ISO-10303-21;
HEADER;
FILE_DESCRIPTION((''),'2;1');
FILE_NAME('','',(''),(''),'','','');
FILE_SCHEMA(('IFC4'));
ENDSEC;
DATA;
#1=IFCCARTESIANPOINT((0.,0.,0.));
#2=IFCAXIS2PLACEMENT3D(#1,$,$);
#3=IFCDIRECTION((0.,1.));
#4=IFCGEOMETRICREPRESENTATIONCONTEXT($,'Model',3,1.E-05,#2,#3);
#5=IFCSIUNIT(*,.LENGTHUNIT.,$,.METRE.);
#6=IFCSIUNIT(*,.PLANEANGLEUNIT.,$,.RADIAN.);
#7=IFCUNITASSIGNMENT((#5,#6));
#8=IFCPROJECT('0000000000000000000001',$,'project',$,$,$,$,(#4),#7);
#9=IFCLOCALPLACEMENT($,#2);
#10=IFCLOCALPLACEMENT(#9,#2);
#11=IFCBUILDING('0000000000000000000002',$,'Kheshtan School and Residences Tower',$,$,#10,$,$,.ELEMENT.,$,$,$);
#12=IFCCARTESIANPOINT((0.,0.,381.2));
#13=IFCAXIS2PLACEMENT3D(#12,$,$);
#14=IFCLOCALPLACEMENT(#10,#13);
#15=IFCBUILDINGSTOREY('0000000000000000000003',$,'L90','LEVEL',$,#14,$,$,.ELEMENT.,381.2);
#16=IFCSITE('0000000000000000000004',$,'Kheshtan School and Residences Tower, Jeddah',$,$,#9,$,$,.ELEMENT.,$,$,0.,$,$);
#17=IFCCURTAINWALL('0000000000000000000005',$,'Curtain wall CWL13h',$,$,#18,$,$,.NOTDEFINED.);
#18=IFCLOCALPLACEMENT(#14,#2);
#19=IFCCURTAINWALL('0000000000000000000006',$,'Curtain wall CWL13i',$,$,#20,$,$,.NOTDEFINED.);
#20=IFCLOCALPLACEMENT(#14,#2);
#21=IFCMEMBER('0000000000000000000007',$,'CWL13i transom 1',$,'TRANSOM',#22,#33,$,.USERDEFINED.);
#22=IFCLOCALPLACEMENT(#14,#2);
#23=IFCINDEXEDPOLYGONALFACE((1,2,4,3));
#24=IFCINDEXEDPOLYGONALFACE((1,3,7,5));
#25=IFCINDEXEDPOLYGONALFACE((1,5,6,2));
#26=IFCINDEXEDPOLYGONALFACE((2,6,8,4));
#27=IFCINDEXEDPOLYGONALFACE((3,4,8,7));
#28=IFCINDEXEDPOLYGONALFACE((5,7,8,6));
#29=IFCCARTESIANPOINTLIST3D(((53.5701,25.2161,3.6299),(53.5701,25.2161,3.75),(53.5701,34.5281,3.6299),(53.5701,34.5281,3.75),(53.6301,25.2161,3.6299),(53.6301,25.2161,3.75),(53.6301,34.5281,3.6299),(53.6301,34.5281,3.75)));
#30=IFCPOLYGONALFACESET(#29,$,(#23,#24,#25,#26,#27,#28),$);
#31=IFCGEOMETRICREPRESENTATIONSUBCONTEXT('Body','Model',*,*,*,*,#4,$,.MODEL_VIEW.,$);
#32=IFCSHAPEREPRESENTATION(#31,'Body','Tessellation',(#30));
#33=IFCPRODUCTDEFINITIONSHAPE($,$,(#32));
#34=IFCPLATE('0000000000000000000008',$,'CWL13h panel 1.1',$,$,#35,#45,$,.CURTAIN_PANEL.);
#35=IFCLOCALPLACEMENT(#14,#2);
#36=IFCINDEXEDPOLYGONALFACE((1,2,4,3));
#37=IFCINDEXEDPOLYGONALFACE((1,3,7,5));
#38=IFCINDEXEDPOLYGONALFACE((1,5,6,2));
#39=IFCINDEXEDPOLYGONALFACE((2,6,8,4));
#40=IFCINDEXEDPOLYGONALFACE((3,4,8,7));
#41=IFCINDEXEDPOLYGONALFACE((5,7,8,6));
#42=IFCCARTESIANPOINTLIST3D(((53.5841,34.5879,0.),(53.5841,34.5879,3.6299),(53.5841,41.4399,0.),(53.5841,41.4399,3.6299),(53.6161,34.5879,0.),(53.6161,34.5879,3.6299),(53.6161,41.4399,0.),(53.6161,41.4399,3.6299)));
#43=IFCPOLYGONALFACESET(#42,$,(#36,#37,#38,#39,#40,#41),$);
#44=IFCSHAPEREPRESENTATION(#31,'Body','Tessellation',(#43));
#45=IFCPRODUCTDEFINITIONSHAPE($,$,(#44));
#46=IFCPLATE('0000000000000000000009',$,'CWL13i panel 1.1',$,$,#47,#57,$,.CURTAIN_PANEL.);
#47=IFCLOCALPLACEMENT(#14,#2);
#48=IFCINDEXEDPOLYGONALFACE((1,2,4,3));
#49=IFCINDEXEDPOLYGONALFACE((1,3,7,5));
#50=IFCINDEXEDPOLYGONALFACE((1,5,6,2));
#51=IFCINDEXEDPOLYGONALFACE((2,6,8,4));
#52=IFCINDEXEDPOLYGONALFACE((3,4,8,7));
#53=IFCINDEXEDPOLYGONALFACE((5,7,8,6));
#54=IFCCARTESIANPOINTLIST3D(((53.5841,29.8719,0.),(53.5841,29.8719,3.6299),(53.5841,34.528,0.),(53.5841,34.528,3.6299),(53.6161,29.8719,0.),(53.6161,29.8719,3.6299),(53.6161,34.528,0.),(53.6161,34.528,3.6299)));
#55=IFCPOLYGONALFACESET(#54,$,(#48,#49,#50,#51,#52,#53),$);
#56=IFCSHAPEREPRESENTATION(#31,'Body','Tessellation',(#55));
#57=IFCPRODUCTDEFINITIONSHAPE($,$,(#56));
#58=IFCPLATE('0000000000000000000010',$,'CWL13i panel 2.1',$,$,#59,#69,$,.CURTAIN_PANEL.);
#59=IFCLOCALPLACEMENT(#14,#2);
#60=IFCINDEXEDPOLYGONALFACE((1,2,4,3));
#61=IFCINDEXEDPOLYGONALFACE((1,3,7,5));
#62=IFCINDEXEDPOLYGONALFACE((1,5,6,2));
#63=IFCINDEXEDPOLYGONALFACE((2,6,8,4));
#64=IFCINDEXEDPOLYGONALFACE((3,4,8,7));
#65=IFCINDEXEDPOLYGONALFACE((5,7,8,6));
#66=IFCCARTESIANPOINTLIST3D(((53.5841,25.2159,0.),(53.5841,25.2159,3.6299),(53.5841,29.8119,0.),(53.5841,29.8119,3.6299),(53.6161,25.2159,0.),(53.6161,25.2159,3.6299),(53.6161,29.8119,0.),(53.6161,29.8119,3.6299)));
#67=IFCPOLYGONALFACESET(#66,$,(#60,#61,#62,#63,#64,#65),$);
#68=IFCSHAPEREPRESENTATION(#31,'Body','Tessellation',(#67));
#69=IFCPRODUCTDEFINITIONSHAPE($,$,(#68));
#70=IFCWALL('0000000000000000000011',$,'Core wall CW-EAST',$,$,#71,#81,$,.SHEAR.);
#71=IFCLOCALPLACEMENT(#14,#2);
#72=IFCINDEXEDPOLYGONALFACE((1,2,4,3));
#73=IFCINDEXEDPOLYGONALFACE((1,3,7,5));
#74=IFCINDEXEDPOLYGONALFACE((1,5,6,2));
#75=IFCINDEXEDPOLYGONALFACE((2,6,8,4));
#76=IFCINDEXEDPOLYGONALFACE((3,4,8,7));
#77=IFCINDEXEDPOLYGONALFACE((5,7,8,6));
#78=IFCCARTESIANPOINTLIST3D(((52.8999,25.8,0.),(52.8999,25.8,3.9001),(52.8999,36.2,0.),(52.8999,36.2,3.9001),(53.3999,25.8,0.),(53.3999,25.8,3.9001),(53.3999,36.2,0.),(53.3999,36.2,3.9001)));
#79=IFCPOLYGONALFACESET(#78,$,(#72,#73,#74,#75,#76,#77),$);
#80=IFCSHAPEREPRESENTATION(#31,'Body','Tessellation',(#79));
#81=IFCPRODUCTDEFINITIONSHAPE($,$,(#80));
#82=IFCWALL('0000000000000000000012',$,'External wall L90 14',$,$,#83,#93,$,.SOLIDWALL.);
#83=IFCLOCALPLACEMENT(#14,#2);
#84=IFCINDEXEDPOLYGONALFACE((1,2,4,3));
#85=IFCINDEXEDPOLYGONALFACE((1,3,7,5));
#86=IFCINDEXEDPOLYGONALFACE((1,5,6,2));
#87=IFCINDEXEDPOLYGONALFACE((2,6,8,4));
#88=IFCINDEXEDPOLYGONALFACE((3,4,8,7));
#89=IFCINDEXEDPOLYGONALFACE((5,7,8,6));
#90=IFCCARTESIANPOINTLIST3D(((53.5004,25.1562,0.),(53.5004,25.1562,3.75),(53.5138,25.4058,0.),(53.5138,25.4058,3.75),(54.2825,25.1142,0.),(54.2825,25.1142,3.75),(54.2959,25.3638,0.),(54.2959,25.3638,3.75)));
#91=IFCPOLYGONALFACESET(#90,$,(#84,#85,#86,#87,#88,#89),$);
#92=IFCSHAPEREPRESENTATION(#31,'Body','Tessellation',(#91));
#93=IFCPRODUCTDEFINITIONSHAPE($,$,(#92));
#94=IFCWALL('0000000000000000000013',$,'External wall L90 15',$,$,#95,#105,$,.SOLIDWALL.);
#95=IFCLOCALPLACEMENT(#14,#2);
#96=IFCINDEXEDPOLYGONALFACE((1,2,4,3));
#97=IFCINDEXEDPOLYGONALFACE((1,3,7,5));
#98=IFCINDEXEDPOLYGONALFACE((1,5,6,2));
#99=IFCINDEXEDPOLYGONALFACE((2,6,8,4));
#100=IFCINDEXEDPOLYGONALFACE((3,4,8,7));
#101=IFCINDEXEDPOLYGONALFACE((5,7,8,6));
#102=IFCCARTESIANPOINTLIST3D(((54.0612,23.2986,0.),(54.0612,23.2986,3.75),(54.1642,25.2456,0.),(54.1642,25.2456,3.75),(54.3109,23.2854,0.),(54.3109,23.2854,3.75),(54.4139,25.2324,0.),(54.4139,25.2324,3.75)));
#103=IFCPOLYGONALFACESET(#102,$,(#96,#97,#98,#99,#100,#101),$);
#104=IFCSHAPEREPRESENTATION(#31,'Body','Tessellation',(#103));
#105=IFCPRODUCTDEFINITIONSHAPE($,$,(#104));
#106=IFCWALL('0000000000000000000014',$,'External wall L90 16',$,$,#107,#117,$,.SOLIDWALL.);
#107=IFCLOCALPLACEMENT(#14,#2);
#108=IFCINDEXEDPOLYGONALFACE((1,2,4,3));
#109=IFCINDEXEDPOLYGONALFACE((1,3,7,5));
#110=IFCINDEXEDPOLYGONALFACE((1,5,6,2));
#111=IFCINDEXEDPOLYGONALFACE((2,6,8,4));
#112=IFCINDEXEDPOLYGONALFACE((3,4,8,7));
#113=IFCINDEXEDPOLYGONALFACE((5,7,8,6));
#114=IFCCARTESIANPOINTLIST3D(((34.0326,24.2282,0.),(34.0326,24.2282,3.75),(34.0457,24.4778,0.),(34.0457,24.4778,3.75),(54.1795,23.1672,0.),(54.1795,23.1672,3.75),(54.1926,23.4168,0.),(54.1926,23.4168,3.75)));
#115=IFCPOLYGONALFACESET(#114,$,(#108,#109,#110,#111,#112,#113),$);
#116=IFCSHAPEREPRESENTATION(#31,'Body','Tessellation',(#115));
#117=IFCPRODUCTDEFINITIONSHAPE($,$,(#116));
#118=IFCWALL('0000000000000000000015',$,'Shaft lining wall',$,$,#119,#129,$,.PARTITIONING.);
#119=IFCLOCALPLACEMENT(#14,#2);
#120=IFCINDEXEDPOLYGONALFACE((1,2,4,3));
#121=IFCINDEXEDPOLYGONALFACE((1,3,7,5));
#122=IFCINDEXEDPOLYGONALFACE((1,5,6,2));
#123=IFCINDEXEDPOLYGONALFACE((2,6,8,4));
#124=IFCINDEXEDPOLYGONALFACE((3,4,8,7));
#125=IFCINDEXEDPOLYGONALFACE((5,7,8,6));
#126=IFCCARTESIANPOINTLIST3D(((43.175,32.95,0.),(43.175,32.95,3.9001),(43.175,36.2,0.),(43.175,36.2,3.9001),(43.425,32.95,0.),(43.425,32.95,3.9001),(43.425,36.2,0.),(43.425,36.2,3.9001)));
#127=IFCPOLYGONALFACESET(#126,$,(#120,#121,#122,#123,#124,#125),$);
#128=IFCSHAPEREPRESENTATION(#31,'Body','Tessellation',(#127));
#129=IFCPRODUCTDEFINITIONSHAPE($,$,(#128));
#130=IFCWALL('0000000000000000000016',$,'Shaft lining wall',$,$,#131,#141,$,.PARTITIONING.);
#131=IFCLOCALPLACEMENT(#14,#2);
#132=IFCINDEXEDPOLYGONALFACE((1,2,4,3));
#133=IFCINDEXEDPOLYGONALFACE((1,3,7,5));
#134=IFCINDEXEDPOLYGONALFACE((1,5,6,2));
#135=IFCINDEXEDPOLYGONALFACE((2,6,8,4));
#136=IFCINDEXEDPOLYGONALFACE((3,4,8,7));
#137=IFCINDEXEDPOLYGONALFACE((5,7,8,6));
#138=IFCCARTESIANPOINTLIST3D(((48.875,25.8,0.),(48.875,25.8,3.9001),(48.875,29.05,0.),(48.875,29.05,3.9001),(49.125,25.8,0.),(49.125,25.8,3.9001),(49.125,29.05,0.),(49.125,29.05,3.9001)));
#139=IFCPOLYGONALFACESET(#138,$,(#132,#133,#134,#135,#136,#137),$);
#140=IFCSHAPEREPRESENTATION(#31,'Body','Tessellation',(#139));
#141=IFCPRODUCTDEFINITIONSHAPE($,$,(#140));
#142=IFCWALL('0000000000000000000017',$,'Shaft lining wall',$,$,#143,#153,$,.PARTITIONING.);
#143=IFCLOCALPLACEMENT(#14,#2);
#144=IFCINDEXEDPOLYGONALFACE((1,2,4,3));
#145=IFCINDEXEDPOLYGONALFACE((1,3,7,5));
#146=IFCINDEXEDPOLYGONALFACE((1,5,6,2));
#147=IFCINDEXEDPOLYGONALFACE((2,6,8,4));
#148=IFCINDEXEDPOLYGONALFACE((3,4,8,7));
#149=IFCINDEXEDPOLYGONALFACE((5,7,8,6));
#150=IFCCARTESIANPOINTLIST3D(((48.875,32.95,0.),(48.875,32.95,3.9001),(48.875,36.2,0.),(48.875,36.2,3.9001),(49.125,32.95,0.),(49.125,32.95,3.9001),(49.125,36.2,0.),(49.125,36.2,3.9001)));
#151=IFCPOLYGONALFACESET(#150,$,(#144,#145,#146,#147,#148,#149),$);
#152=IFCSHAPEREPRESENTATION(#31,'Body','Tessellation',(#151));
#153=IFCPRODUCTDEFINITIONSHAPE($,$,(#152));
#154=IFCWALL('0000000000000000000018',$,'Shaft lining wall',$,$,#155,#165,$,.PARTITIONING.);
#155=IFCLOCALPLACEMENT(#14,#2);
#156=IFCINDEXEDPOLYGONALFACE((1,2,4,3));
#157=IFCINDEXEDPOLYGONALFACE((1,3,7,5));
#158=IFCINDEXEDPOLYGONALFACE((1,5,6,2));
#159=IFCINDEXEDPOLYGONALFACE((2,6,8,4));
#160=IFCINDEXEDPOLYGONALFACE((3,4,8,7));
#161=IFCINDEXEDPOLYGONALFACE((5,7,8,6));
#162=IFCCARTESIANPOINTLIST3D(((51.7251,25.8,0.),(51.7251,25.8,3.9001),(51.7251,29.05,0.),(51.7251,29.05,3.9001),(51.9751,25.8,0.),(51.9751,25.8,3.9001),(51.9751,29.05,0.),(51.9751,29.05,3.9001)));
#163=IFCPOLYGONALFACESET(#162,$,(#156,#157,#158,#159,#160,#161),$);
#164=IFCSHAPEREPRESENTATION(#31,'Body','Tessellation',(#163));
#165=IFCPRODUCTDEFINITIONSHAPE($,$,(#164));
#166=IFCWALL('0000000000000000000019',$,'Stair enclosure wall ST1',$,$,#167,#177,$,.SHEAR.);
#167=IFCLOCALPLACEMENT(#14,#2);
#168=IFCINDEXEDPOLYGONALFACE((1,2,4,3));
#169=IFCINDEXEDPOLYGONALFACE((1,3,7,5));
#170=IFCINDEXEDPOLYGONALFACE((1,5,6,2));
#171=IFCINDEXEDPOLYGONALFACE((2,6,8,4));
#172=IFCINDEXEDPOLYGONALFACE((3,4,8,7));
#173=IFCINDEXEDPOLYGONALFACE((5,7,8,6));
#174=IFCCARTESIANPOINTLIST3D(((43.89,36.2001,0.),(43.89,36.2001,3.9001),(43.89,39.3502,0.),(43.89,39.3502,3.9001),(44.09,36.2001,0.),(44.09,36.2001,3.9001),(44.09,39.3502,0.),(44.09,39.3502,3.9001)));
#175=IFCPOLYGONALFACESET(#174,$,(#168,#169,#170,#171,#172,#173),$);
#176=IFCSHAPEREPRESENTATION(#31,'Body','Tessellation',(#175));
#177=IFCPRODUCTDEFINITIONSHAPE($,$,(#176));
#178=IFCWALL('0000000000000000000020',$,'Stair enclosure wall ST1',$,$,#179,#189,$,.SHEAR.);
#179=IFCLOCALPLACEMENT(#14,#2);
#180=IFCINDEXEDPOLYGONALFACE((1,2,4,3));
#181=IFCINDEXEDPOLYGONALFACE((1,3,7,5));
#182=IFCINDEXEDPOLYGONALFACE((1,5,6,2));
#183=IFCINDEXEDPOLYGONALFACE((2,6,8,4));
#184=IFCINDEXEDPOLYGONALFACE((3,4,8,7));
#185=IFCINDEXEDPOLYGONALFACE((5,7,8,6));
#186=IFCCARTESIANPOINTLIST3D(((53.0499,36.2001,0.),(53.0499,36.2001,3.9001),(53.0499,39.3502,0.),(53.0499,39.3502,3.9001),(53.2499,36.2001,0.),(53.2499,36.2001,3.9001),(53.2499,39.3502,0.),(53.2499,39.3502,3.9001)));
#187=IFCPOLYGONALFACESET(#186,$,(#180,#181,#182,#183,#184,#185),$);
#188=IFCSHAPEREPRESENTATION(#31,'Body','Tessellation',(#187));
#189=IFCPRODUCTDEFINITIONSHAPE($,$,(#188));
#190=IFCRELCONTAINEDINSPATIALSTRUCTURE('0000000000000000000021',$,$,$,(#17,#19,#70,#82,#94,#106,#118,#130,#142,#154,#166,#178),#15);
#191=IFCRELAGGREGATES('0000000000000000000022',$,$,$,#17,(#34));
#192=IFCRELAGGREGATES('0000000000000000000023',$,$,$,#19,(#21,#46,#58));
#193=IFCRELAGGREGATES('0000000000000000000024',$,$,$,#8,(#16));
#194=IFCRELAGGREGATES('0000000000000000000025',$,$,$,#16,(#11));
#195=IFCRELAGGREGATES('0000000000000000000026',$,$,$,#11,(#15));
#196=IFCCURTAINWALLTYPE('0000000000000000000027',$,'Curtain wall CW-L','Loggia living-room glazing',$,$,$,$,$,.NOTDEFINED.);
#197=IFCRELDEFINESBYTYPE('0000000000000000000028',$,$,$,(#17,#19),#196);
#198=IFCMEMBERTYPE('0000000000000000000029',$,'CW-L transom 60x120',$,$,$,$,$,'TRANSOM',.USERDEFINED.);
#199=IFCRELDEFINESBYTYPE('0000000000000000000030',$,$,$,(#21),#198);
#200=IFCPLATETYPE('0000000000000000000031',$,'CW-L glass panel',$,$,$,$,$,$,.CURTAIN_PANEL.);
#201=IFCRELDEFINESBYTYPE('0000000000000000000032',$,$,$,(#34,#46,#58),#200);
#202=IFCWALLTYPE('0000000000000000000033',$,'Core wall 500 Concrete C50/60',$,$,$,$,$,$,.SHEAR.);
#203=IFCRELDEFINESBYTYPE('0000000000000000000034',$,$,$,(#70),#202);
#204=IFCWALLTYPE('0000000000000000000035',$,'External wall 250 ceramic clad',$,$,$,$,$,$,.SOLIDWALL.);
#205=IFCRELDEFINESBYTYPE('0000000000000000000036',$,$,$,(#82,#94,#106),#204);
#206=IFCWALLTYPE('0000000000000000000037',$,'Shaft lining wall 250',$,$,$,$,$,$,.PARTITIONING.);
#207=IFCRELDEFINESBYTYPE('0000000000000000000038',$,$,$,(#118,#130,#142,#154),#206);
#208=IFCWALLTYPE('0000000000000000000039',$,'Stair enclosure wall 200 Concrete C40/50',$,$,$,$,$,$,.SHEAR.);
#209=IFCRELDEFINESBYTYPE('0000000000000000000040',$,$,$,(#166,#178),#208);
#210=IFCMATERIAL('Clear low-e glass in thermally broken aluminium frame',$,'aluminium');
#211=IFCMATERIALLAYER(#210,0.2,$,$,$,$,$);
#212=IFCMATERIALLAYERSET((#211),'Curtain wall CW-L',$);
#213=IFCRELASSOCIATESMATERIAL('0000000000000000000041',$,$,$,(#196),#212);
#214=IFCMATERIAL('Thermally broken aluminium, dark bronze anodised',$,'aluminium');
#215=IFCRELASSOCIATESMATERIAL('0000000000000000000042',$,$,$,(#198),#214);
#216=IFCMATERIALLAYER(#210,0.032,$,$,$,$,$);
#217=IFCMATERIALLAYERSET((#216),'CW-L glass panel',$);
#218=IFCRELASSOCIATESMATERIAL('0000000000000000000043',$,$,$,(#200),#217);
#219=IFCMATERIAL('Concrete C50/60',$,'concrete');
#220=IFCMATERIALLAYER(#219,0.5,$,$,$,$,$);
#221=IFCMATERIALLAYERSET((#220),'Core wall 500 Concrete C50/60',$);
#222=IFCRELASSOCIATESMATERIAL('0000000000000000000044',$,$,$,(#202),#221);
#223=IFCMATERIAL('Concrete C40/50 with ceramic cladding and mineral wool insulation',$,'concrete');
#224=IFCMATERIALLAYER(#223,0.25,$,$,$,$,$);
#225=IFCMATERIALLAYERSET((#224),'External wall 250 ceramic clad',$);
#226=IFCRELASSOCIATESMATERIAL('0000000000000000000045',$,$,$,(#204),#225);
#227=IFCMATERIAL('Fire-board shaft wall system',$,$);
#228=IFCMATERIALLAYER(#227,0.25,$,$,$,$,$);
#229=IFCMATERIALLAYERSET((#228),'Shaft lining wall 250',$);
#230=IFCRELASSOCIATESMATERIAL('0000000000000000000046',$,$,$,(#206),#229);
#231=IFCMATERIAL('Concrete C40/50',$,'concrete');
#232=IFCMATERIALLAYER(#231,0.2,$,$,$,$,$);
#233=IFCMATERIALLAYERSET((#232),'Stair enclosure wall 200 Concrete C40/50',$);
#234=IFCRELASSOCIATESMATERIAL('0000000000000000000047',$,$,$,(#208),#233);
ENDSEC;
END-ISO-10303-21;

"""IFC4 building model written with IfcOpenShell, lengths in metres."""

from ifc_helpers import new_model, si_unit, direction, frame, frame_2d, origin, origin_2d, place, context, subcontext, project, spatial, rectangle, extrude, material, layer, layer_set, material_profile, profile_set, type_object, element, aggregate, save


model = new_model("IFC4")

# Units and contexts
model_context = context("Model", 3, precision=1e-05, world=origin(), true_north=direction((0.0, 1.0)))
body_context = subcontext(model_context, "Body", "Model", "MODEL_VIEW")
ifc_project = project(units=[si_unit("LENGTHUNIT", "METRE"), si_unit("PLANEANGLEUNIT", "RADIAN")], contexts=[model_context])

# Site, building, storey
site_placement = place(None, origin())
site = spatial("IfcSite", under=ifc_project, at=site_placement, Name="Kheshtan School and Residences Tower, Jeddah", CompositionType="ELEMENT", RefElevation=0.0)
building_placement = place(site_placement, origin())
building = spatial("IfcBuilding", under=site, at=building_placement, Name="Kheshtan School and Residences Tower", CompositionType="ELEMENT")
storey_placement = place(building_placement, frame((0.0, 0.0, 381.2)))
storey = spatial("IfcBuildingStorey", under=building, at=storey_placement, Name="L90", Description="LEVEL", CompositionType="ELEMENT", Elevation=381.2)

# Curtain wall
ifc_material_1 = material(Name="Clear low-e glass in thermally broken aluminium frame", Category="aluminium")
ifc_layer_1 = layer(ifc_material_1, 0.2)
ifc_layer_set_1 = layer_set([ifc_layer_1], Name="Curtain wall CW-L")
curtain_wall_type = type_object("IfcCurtainWallType", Name="Curtain wall CW-L", Description="Loggia living-room glazing", PredefinedType="NOTDEFINED", material=ifc_layer_set_1)
curtain_wall_1_placement = place(storey_placement, origin())
curtain_wall_1 = element("IfcCurtainWall", 1, at=curtain_wall_1_placement, inside=storey, type_object=curtain_wall_type, Name="Curtain wall CWL13h", PredefinedType="NOTDEFINED")
ifc_material_2 = material(Name="Thermally broken aluminium, dark bronze anodised", Category="aluminium")

# Curtain wall, member
curtain_wall_2_placement = place(storey_placement, origin())
curtain_wall_2 = element("IfcCurtainWall", 2, at=curtain_wall_2_placement, inside=storey, type_object=curtain_wall_type, Name="Curtain wall CWL13i", PredefinedType="NOTDEFINED")
ifc_material_profile_1 = material_profile(ifc_material_2, rectangle(XDim=0.0601, YDim=0.1201, at=origin_2d()), Name="CW-L transom 60x120")
ifc_profile_set_1 = profile_set([ifc_material_profile_1], Name="Thermally broken aluminium, dark bronze anodised")
member_type_1 = type_object("IfcMemberType", Name="CW-L transom 60x120", ElementType="TRANSOM", PredefinedType="USERDEFINED", material=ifc_profile_set_1)
member_1_placement = place(storey_placement, frame((53.6001, 34.5281, 3.6899), z_axis=(0.0, -1.0, 0.0), x_axis=(1.0, 0.0, 0.0)))
member_1 = element("IfcMember", 3, at=member_1_placement, type_object=member_type_1, Name="CWL13i transom 1", ObjectType="TRANSOM", PredefinedType="USERDEFINED", context=body_context, shape_type="SweptSolid", body=[
    extrude(rectangle(XDim=0.0601, YDim=0.1201, at=origin_2d()), origin(), (0.0, 0.0, 1.0), 9.312),
])

# Plates
ifc_layer_2 = layer(ifc_material_1, 0.032)
ifc_layer_set_2 = layer_set([ifc_layer_2], Name="CW-L glass panel")
plate_type = type_object("IfcPlateType", Name="CW-L glass panel", PredefinedType="CURTAIN_PANEL", material=ifc_layer_set_2)
plate_1_placement = place(storey_placement, frame((53.6001, 38.0139, 0.0), z_axis=(0.0, 0.0, 1.0), x_axis=(0.0, -1.0, 0.0)))
plate_1 = element("IfcPlate", 4, at=plate_1_placement, type_object=plate_type, Name="CWL13h panel 1.1", PredefinedType="CURTAIN_PANEL", context=body_context, shape_type="SweptSolid", body=[
    extrude(rectangle(XDim=6.8521, YDim=0.032, at=origin_2d()), origin(), (0.0, 0.0, 1.0), 3.6299),
])
aggregate(curtain_wall_1, [plate_1])
plate_2_placement = place(storey_placement, frame((53.6001, 32.2, 0.0), z_axis=(0.0, 0.0, 1.0), x_axis=(0.0, -1.0, 0.0)))
plate_2 = element("IfcPlate", 5, at=plate_2_placement, type_object=plate_type, Name="CWL13i panel 1.1", PredefinedType="CURTAIN_PANEL", context=body_context, shape_type="SweptSolid", body=[
    extrude(rectangle(XDim=4.656, YDim=0.032, at=origin_2d()), origin(), (0.0, 0.0, 1.0), 3.6299),
])
plate_3_placement = place(storey_placement, frame((53.6001, 27.5139, 0.0), z_axis=(0.0, 0.0, 1.0), x_axis=(0.0, -1.0, 0.0)))
plate_3 = element("IfcPlate", 6, at=plate_3_placement, type_object=plate_type, Name="CWL13i panel 2.1", PredefinedType="CURTAIN_PANEL", context=body_context, shape_type="SweptSolid", body=[
    extrude(rectangle(XDim=4.5959, YDim=0.032, at=origin_2d()), origin(), (0.0, 0.0, 1.0), 3.6299),
])
aggregate(curtain_wall_2, [member_1, plate_2, plate_3])

# Walls
ifc_material_3 = material(Name="Concrete C50/60", Category="concrete")
ifc_layer_3 = layer(ifc_material_3, 0.5)
ifc_layer_set_3 = layer_set([ifc_layer_3], Name="Core wall 500 Concrete C50/60")
wall_type_1 = type_object("IfcWallType", Name="Core wall 500 Concrete C50/60", PredefinedType="SHEAR", material=ifc_layer_set_3)
wall_1_placement = place(storey_placement, frame((53.1499, 25.8, 0.0), z_axis=(0.0, 0.0, 1.0), x_axis=(0.0, 1.0, 0.0)))
element("IfcWall", 7, at=wall_1_placement, inside=storey, type_object=wall_type_1, Name="Core wall CW-EAST", PredefinedType="SHEAR", context=body_context, shape_type="SweptSolid", body=[
    extrude(rectangle(XDim=10.3999, YDim=0.5, at=frame_2d((5.2, 0.0))), origin(), (0.0, 0.0, 1.0), 3.9001),
])
ifc_material_4 = material(Name="Concrete C40/50 with ceramic cladding and mineral wool insulation", Category="concrete")
ifc_layer_4 = layer(ifc_material_4, 0.25)
ifc_layer_set_4 = layer_set([ifc_layer_4], Name="External wall 250 ceramic clad")
wall_type_2 = type_object("IfcWallType", Name="External wall 250 ceramic clad", PredefinedType="SOLIDWALL", material=ifc_layer_set_4)
wall_2_placement = place(storey_placement, frame((53.5071, 25.281, 0.0), z_axis=(0.0, 0.0, 1.0), x_axis=(0.998561, -0.053622, 0.0)))
element("IfcWall", 8, at=wall_2_placement, inside=storey, type_object=wall_type_2, Name="External wall L90 14", PredefinedType="SOLIDWALL", context=body_context, shape_type="SweptSolid", body=[
    extrude(rectangle(XDim=0.7832, YDim=0.25, at=frame_2d((0.3916, 0.0))), origin(), (0.0, 0.0, 1.0), 3.75),
])
wall_3_placement = place(storey_placement, frame((54.2891, 25.239, 0.0), z_axis=(0.0, 0.0, 1.0), x_axis=(-0.052841, -0.998603, 0.0)))
element("IfcWall", 9, at=wall_3_placement, inside=storey, type_object=wall_type_2, Name="External wall L90 15", PredefinedType="SOLIDWALL", context=body_context, shape_type="SweptSolid", body=[
    extrude(rectangle(XDim=1.9497, YDim=0.25, at=frame_2d((0.9749, 0.0))), origin(), (0.0, 0.0, 1.0), 3.75),
])
wall_4_placement = place(storey_placement, frame((54.186, 23.292, 0.0), z_axis=(0.0, 0.0, 1.0), x_axis=(-0.998616, 0.052592, 0.0)))
element("IfcWall", 10, at=wall_4_placement, inside=storey, type_object=wall_type_2, Name="External wall L90 16", PredefinedType="SOLIDWALL", context=body_context, shape_type="SweptSolid", body=[
    extrude(rectangle(XDim=20.1748, YDim=0.25, at=frame_2d((10.0874, 0.0))), origin(), (0.0, 0.0, 1.0), 3.75),
])
ifc_material_5 = material(Name="Fire-board shaft wall system")
ifc_layer_5 = layer(ifc_material_5, 0.25)
ifc_layer_set_5 = layer_set([ifc_layer_5], Name="Shaft lining wall 250")
wall_type_3 = type_object("IfcWallType", Name="Shaft lining wall 250", PredefinedType="PARTITIONING", material=ifc_layer_set_5)
for number, where, z_axis, x_axis, name in (
    (11, (43.3, 32.95, 0.0), (0.0, 0.0, 1.0), (0.0, 1.0, 0.0), "Shaft lining wall"),
    (12, (49.0, 25.8, 0.0), (0.0, 0.0, 1.0), (0.0, 1.0, 0.0), "Shaft lining wall"),
    (13, (49.0, 32.95, 0.0), (0.0, 0.0, 1.0), (0.0, 1.0, 0.0), "Shaft lining wall"),
    (14, (51.8501, 25.8, 0.0), (0.0, 0.0, 1.0), (0.0, 1.0, 0.0), "Shaft lining wall"),
):
    element("IfcWall", number, at=place(storey_placement, frame(where, z_axis=z_axis, x_axis=x_axis)), inside=storey, type_object=wall_type_3, Name=name, PredefinedType="PARTITIONING", context=body_context, shape_type="SweptSolid", body=[
        extrude(rectangle(XDim=3.25, YDim=0.25, at=frame_2d((1.625, 0.0))), origin(), (0.0, 0.0, 1.0), 3.9001),
    ])
ifc_material_6 = material(Name="Concrete C40/50", Category="concrete")
ifc_layer_6 = layer(ifc_material_6, 0.2)
ifc_layer_set_6 = layer_set([ifc_layer_6], Name="Stair enclosure wall 200 Concrete C40/50")
wall_type_4 = type_object("IfcWallType", Name="Stair enclosure wall 200 Concrete C40/50", PredefinedType="SHEAR", material=ifc_layer_set_6)
for number, where, z_axis, x_axis, name in (
    (15, (43.99, 36.2, 0.0), (0.0, 0.0, 1.0), (0.0, 1.0, 0.0), "Stair enclosure wall ST1"),
    (16, (53.1499, 36.2, 0.0), (0.0, 0.0, 1.0), (0.0, 1.0, 0.0), "Stair enclosure wall ST1"),
):
    element("IfcWall", number, at=place(storey_placement, frame(where, z_axis=z_axis, x_axis=x_axis)), inside=storey, type_object=wall_type_4, Name=name, PredefinedType="SHEAR", context=body_context, shape_type="SweptSolid", body=[
        extrude(rectangle(XDim=3.1501, YDim=0.2, at=frame_2d((1.5752, 0.0))), origin(), (0.0, 0.0, 1.0), 3.9001),
    ])

save(model, "model.ifc")
